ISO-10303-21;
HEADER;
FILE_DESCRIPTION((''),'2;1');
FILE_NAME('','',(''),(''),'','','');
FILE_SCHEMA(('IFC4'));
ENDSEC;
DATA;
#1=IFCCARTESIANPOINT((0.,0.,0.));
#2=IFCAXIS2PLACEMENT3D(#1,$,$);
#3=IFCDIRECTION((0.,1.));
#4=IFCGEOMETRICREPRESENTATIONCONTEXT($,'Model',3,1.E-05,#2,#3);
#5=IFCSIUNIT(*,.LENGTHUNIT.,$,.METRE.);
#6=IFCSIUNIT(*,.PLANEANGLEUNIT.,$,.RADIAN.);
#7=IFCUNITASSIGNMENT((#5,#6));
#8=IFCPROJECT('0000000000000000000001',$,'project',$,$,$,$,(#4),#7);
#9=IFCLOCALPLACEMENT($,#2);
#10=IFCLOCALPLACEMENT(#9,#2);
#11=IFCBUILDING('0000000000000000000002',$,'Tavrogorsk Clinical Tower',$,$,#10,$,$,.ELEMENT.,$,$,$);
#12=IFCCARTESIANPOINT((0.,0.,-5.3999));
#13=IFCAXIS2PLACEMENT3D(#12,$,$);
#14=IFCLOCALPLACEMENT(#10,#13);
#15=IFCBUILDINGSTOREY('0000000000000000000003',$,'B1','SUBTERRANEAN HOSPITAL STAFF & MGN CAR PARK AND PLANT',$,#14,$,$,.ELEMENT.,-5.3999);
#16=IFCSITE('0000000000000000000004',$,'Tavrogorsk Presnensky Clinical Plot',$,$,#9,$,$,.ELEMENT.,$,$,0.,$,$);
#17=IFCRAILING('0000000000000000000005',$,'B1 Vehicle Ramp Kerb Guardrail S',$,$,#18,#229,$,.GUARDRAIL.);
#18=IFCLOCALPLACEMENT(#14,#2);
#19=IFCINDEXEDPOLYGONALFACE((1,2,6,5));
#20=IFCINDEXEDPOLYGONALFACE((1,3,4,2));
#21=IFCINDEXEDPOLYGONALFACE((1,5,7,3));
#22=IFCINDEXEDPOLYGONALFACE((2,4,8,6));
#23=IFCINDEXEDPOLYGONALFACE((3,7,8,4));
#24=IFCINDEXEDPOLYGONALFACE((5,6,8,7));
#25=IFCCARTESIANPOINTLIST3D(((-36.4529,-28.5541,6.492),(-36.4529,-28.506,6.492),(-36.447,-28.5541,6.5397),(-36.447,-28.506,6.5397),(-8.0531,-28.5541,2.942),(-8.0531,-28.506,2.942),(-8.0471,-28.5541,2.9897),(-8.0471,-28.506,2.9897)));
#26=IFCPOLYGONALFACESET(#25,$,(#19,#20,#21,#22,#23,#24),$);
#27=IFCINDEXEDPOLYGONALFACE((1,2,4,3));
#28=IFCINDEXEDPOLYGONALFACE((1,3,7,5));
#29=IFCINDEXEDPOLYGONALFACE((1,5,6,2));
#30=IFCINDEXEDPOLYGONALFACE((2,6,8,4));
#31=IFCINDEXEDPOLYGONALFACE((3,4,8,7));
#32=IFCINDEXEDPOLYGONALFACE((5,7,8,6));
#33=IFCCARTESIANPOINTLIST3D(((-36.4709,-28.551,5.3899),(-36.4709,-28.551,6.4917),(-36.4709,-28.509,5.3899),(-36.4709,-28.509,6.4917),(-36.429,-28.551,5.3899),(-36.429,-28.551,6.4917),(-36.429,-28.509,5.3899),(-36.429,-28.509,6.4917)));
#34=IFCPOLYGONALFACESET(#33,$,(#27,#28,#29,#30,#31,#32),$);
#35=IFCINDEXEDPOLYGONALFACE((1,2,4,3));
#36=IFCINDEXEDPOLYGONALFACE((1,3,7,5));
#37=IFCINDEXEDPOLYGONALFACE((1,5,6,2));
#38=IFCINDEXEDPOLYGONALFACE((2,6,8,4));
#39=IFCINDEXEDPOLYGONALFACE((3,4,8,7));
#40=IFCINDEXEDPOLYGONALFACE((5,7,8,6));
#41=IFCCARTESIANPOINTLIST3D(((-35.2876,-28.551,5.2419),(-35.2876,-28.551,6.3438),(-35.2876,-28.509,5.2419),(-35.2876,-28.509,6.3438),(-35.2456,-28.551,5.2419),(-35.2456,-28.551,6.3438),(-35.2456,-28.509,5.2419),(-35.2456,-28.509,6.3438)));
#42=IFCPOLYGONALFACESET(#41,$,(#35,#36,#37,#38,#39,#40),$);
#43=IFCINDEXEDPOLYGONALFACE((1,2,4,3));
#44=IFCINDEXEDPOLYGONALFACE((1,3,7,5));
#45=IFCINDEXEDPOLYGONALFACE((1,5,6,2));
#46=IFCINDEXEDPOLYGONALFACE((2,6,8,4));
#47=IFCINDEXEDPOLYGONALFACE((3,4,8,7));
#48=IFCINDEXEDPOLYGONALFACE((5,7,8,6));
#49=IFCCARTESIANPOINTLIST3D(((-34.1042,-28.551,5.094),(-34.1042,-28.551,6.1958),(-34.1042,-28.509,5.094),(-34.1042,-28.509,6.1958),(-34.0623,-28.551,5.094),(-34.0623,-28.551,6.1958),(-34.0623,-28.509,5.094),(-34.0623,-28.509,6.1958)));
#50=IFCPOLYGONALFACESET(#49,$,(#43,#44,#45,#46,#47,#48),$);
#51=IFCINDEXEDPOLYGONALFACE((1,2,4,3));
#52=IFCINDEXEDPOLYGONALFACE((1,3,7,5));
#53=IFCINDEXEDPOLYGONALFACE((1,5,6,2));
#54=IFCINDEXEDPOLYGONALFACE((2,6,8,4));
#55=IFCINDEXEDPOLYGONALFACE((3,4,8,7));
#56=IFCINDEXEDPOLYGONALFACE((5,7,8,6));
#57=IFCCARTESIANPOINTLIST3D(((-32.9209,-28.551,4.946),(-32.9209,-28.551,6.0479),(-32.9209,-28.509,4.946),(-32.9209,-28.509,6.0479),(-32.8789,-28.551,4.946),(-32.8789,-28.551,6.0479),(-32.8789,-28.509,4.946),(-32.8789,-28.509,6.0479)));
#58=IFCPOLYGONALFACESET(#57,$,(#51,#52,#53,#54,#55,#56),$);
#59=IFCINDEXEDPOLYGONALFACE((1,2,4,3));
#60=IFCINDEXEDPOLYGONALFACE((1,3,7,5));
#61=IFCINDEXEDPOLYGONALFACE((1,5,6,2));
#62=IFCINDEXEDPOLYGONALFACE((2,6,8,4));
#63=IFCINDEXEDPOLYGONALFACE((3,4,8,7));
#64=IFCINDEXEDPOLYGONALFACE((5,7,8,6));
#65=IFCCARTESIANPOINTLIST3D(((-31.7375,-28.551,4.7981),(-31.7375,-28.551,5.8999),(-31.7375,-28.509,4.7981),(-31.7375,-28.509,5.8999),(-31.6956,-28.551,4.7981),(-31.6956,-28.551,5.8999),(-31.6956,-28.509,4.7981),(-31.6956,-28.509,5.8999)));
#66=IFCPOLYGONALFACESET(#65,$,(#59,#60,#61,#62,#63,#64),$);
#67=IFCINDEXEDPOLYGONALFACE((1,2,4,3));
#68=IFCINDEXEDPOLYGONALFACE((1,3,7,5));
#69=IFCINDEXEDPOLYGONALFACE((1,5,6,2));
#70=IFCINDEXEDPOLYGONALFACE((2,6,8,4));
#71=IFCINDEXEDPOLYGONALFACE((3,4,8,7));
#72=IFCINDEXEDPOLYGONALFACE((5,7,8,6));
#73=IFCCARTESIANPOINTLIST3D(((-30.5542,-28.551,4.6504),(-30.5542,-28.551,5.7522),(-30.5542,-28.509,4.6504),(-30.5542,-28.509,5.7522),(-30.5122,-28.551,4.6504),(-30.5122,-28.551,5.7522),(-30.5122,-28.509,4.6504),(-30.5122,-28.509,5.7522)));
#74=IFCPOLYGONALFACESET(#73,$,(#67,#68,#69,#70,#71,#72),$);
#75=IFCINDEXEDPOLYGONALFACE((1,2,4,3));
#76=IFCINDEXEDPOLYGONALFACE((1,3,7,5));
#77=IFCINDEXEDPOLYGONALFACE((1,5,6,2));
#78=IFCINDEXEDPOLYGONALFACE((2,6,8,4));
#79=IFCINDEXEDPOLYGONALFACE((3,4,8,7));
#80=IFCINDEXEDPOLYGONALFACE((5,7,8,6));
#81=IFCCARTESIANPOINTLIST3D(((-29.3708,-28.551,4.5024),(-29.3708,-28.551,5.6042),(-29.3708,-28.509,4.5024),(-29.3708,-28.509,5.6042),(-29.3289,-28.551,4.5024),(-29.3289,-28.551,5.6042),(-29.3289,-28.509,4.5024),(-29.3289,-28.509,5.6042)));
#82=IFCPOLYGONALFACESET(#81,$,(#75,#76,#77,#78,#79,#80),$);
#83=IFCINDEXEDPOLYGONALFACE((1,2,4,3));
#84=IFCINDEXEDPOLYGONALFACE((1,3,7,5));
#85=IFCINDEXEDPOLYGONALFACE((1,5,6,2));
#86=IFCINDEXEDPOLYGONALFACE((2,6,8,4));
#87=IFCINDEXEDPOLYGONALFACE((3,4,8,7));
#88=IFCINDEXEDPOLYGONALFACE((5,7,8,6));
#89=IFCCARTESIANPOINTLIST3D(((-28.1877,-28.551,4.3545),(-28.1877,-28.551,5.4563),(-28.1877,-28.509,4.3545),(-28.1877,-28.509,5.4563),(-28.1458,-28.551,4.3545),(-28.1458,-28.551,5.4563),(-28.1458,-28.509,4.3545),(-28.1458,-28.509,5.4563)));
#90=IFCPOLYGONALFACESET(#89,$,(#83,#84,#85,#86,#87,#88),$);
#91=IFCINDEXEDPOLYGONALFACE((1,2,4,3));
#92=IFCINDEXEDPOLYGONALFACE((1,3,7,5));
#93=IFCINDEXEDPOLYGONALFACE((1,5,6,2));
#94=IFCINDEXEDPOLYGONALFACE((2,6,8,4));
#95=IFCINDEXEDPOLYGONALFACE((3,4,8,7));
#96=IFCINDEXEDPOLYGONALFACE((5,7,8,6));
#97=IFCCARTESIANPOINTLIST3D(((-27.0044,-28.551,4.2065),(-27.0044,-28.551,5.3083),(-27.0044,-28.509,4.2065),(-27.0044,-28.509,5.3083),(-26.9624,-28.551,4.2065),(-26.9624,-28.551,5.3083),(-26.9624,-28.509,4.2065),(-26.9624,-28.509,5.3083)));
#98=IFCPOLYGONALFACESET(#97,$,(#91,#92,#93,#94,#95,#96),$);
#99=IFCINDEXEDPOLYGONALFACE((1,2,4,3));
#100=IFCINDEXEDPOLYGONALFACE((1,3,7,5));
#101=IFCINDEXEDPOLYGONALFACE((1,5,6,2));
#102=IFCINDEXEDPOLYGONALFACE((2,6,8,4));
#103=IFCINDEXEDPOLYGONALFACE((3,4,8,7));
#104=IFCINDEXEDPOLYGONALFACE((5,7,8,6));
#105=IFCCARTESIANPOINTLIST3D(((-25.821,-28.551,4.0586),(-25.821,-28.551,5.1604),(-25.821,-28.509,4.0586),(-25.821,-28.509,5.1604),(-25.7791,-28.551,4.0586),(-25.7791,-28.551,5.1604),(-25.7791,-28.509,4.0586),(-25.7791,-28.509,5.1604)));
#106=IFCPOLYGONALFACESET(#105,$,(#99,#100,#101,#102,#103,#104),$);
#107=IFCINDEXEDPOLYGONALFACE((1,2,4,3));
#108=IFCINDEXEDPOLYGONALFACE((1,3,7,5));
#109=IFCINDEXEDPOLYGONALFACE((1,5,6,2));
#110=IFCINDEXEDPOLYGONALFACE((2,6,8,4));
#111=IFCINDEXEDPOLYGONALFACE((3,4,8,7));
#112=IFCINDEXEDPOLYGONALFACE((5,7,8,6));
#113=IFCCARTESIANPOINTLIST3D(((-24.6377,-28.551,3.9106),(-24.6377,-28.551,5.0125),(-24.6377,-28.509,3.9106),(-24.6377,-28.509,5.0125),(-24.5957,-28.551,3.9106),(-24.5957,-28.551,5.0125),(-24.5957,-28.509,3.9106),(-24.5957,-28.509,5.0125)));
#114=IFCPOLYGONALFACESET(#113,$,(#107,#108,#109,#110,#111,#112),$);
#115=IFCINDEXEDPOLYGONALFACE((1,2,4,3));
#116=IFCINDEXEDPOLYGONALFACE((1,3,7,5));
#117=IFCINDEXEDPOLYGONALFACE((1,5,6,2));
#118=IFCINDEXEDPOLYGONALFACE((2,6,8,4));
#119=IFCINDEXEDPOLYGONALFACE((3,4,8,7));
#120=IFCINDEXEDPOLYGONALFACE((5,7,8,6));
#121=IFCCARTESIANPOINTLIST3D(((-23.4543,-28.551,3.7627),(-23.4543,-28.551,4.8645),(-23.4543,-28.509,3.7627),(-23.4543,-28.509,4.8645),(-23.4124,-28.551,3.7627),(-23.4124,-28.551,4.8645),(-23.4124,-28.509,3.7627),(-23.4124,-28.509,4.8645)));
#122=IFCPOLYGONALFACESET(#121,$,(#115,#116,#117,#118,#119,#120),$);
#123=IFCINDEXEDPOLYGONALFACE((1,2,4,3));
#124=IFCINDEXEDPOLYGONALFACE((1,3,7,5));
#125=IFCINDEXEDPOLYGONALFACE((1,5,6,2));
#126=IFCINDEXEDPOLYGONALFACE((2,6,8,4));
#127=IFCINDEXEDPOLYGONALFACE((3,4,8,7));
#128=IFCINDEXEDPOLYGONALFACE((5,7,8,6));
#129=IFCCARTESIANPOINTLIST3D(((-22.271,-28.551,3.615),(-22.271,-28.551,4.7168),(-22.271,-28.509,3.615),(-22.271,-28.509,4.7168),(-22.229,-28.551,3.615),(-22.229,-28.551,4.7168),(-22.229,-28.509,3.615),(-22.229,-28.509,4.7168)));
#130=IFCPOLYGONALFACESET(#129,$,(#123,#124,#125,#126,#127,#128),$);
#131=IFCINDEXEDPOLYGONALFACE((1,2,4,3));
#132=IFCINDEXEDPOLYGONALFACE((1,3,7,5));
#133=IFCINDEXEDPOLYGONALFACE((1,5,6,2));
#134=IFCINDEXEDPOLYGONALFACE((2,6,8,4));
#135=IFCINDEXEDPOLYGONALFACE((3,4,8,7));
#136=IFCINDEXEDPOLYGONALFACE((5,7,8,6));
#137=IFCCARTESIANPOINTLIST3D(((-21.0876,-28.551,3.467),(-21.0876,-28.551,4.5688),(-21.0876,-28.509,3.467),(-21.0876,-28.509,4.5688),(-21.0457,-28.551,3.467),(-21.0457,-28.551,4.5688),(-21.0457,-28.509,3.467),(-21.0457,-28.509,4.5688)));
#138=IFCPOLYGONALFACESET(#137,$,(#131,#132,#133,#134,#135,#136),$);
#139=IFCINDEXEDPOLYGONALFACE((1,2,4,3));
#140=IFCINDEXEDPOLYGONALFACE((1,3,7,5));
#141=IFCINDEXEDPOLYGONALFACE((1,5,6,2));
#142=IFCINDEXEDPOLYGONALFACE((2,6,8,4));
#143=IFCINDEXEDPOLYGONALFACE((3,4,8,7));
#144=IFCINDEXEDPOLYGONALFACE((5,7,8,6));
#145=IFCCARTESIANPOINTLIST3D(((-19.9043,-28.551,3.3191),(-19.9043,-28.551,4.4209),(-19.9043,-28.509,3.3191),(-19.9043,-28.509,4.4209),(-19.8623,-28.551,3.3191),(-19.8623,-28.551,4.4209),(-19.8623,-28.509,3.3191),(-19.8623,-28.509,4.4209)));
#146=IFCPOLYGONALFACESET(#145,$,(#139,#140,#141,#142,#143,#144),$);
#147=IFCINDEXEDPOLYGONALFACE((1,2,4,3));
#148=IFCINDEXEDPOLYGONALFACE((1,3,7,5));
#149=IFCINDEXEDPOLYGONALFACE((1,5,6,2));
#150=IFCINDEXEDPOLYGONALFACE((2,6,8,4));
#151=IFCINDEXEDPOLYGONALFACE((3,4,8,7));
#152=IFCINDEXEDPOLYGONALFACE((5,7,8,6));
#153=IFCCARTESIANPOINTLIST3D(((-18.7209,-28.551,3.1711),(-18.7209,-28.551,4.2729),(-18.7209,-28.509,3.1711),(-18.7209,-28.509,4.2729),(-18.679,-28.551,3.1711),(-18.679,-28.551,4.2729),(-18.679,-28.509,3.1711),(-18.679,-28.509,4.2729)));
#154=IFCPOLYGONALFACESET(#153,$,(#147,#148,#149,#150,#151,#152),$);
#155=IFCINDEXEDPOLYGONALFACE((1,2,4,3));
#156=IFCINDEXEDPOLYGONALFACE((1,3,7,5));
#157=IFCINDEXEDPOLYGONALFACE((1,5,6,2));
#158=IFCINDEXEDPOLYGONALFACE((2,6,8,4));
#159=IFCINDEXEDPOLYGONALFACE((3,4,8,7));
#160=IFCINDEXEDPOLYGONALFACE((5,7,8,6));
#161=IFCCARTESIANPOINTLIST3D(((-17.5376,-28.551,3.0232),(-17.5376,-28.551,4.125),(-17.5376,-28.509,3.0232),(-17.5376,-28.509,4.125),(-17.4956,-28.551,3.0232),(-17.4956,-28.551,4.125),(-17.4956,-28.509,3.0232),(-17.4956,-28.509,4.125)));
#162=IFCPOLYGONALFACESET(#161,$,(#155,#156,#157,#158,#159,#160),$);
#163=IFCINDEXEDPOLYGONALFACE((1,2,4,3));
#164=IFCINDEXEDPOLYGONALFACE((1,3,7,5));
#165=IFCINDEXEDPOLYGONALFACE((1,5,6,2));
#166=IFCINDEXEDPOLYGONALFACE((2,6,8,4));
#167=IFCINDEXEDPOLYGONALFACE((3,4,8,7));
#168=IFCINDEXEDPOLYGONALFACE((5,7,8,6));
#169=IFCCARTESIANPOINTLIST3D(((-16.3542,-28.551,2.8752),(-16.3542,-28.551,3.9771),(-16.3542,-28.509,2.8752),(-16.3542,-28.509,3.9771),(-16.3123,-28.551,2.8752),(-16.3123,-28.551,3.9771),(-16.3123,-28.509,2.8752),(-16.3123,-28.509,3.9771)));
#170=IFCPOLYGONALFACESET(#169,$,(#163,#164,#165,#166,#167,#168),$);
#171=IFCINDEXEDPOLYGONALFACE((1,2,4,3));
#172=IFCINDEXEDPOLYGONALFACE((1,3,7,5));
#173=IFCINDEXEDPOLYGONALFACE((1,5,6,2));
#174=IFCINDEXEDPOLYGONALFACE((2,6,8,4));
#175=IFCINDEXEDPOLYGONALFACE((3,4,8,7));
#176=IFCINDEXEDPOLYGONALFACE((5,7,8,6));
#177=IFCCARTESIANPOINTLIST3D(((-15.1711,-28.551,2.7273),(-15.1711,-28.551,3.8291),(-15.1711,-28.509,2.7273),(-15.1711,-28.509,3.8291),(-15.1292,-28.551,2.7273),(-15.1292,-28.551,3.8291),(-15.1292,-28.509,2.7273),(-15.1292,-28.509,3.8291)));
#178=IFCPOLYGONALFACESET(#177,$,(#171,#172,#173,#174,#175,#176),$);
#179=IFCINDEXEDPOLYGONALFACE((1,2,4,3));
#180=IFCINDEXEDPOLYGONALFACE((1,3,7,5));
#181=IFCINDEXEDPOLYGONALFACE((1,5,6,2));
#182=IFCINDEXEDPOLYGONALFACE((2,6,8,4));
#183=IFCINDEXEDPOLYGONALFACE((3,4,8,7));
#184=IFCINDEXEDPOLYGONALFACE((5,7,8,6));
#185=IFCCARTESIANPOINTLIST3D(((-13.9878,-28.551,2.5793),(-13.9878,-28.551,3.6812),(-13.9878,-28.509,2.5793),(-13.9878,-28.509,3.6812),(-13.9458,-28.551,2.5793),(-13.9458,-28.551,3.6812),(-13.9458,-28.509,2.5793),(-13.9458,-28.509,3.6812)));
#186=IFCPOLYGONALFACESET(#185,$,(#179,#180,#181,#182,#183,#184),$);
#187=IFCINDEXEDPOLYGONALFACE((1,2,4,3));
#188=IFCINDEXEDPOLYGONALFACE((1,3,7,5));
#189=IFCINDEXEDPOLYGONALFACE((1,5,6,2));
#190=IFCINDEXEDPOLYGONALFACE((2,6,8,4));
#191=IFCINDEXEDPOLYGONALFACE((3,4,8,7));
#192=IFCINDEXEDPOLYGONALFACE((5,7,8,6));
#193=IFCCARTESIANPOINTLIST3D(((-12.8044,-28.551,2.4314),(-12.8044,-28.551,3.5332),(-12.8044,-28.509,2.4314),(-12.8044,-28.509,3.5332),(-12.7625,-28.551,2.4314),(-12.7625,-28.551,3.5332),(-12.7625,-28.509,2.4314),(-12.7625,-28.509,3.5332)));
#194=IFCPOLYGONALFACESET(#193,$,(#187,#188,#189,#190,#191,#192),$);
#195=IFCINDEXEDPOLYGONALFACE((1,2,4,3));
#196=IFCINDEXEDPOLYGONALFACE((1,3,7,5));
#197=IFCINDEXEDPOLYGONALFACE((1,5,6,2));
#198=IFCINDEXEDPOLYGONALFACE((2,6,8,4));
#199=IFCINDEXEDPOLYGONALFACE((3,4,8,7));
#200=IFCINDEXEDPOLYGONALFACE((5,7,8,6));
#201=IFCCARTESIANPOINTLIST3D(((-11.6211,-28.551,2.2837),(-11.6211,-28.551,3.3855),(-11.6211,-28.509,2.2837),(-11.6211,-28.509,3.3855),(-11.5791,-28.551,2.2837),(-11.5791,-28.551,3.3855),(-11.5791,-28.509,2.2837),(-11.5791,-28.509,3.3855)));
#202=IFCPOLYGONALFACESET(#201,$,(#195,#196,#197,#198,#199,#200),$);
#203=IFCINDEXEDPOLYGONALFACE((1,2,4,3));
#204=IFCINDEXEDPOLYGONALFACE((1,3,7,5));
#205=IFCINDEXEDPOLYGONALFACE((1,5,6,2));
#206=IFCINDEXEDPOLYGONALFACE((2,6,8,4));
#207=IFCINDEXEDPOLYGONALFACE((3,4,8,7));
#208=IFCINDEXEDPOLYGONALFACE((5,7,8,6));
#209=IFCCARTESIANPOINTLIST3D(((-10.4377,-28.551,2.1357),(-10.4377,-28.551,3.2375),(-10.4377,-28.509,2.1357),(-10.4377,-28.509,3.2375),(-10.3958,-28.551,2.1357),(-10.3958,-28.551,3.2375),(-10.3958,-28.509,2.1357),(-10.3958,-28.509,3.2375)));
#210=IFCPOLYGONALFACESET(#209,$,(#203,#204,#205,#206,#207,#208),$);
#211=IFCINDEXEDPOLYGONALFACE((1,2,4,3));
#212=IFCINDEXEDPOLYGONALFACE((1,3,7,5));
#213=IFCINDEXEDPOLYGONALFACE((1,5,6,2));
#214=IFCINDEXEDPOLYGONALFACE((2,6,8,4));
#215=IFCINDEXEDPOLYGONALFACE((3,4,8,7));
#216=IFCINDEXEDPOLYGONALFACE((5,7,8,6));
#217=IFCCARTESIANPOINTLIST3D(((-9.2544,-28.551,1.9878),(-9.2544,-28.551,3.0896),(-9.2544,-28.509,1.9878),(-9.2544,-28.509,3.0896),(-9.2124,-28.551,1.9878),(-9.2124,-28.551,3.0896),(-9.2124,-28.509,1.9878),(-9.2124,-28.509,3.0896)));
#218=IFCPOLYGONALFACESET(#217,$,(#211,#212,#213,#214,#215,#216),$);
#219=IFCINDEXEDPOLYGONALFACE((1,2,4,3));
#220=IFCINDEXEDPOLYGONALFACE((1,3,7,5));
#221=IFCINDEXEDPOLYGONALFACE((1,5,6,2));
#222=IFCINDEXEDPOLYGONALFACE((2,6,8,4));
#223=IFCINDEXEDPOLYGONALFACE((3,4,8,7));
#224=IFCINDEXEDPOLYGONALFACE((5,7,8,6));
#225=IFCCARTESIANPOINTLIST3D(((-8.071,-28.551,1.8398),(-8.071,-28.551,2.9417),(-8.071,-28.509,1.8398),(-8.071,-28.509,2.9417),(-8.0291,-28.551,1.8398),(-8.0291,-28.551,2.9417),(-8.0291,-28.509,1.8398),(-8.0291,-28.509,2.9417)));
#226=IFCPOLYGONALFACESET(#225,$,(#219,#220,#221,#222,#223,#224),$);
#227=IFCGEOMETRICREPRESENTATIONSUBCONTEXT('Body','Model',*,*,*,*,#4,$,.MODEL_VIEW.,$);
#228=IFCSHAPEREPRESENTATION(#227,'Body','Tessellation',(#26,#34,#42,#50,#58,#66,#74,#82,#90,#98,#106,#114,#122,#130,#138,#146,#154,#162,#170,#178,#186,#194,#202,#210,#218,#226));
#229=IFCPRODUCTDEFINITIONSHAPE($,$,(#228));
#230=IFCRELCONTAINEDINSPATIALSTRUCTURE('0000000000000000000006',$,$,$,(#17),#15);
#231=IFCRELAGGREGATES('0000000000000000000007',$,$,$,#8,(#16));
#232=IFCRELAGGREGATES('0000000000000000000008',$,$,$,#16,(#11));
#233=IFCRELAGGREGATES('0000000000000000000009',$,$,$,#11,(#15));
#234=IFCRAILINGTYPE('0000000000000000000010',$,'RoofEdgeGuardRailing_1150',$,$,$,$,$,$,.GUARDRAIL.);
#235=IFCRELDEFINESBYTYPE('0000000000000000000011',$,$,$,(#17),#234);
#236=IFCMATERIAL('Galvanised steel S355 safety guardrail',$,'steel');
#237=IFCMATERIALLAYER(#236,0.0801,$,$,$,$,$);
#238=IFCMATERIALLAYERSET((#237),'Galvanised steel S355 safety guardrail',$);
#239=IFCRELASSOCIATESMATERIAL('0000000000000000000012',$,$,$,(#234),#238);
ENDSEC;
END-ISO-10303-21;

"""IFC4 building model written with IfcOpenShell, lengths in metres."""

from ifc_helpers import new_model, si_unit, direction, frame, origin, origin_2d, place, context, subcontext, project, spatial, rectangle, extrude, material, layer, layer_set, type_object, element, save


model = new_model("IFC4")

# Units and contexts
model_context = context("Model", 3, precision=1e-05, world=origin(), true_north=direction((0.0, 1.0)))
body_context = subcontext(model_context, "Body", "Model", "MODEL_VIEW")
ifc_project = project(units=[si_unit("LENGTHUNIT", "METRE"), si_unit("PLANEANGLEUNIT", "RADIAN")], contexts=[model_context])

# Site, building, storey
site_placement = place(None, origin())
site = spatial("IfcSite", under=ifc_project, at=site_placement, Name="Tavrogorsk Presnensky Clinical Plot", CompositionType="ELEMENT", RefElevation=0.0)
building_placement = place(site_placement, origin())
building = spatial("IfcBuilding", under=site, at=building_placement, Name="Tavrogorsk Clinical Tower", CompositionType="ELEMENT")
storey_placement = place(building_placement, frame((0.0, 0.0, -5.3999)))
storey = spatial("IfcBuildingStorey", under=building, at=storey_placement, Name="B1", Description="SUBTERRANEAN HOSPITAL STAFF & MGN CAR PARK AND PLANT", CompositionType="ELEMENT", Elevation=-5.3999)

# Railing
ifc_material_1 = material(Name="Galvanised steel S355 safety guardrail", Category="steel")
ifc_layer_1 = layer(ifc_material_1, 0.0801)
ifc_layer_set_1 = layer_set([ifc_layer_1], Name="Galvanised steel S355 safety guardrail")
railing_type = type_object("IfcRailingType", Name="RoofEdgeGuardRailing_1150", PredefinedType="GUARDRAIL", material=ifc_layer_set_1)
railing_1_placement = place(storey_placement, frame((-36.45, -28.53, 5.3899)))
element("IfcRailing", 1, at=railing_1_placement, inside=storey, type_object=railing_type, Name="B1 Vehicle Ramp Kerb Guardrail S", PredefinedType="GUARDRAIL", context=body_context, shape_type="SweptSolid", body=[
    extrude(rectangle(XDim=0.0481, YDim=0.0481, at=origin_2d()), frame((0.0, 0.0, 1.126), z_axis=(0.992278, 0.0, -0.124037), x_axis=(0.0, 1.0, 0.0)), (0.0, 0.0, 1.0), 28.6208),
    extrude(rectangle(XDim=0.042, YDim=0.042, at=origin_2d()), origin(), (0.0, 0.0, 1.0), 1.1018),
    extrude(rectangle(XDim=0.042, YDim=0.042, at=origin_2d()), frame((1.1833, 0.0, -0.1479)), (0.0, 0.0, 1.0), 1.1018),
    extrude(rectangle(XDim=0.042, YDim=0.042, at=origin_2d()), frame((2.3667, 0.0, -0.2959)), (0.0, 0.0, 1.0), 1.1018),
    extrude(rectangle(XDim=0.042, YDim=0.042, at=origin_2d()), frame((3.55, 0.0, -0.4438)), (0.0, 0.0, 1.0), 1.1018),
    extrude(rectangle(XDim=0.042, YDim=0.042, at=origin_2d()), frame((4.7334, 0.0, -0.5918)), (0.0, 0.0, 1.0), 1.1018),
    extrude(rectangle(XDim=0.042, YDim=0.042, at=origin_2d()), frame((5.9167, 0.0, -0.7395)), (0.0, 0.0, 1.0), 1.1018),
    extrude(rectangle(XDim=0.042, YDim=0.042, at=origin_2d()), frame((7.1001, 0.0, -0.8875)), (0.0, 0.0, 1.0), 1.1018),
    extrude(rectangle(XDim=0.042, YDim=0.042, at=origin_2d()), frame((8.2832, 0.0, -1.0354)), (0.0, 0.0, 1.0), 1.1018),
    extrude(rectangle(XDim=0.042, YDim=0.042, at=origin_2d()), frame((9.4666, 0.0, -1.1833)), (0.0, 0.0, 1.0), 1.1018),
    extrude(rectangle(XDim=0.042, YDim=0.042, at=origin_2d()), frame((10.6499, 0.0, -1.3313)), (0.0, 0.0, 1.0), 1.1018),
    extrude(rectangle(XDim=0.042, YDim=0.042, at=origin_2d()), frame((11.8333, 0.0, -1.4792)), (0.0, 0.0, 1.0), 1.1018),
    extrude(rectangle(XDim=0.042, YDim=0.042, at=origin_2d()), frame((13.0166, 0.0, -1.6272)), (0.0, 0.0, 1.0), 1.1018),
    extrude(rectangle(XDim=0.042, YDim=0.042, at=origin_2d()), frame((14.2, 0.0, -1.7749)), (0.0, 0.0, 1.0), 1.1018),
    extrude(rectangle(XDim=0.042, YDim=0.042, at=origin_2d()), frame((15.3833, 0.0, -1.9229)), (0.0, 0.0, 1.0), 1.1018),
    extrude(rectangle(XDim=0.042, YDim=0.042, at=origin_2d()), frame((16.5667, 0.0, -2.0708)), (0.0, 0.0, 1.0), 1.1018),
    extrude(rectangle(XDim=0.042, YDim=0.042, at=origin_2d()), frame((17.75, 0.0, -2.2188)), (0.0, 0.0, 1.0), 1.1018),
    extrude(rectangle(XDim=0.042, YDim=0.042, at=origin_2d()), frame((18.9333, 0.0, -2.3667)), (0.0, 0.0, 1.0), 1.1018),
    extrude(rectangle(XDim=0.042, YDim=0.042, at=origin_2d()), frame((20.1167, 0.0, -2.5146)), (0.0, 0.0, 1.0), 1.1018),
    extrude(rectangle(XDim=0.042, YDim=0.042, at=origin_2d()), frame((21.2998, 0.0, -2.6626)), (0.0, 0.0, 1.0), 1.1018),
    extrude(rectangle(XDim=0.042, YDim=0.042, at=origin_2d()), frame((22.4832, 0.0, -2.8105)), (0.0, 0.0, 1.0), 1.1018),
    extrude(rectangle(XDim=0.042, YDim=0.042, at=origin_2d()), frame((23.6665, 0.0, -2.9585)), (0.0, 0.0, 1.0), 1.1018),
    extrude(rectangle(XDim=0.042, YDim=0.042, at=origin_2d()), frame((24.8499, 0.0, -3.1062)), (0.0, 0.0, 1.0), 1.1018),
    extrude(rectangle(XDim=0.042, YDim=0.042, at=origin_2d()), frame((26.0332, 0.0, -3.2542)), (0.0, 0.0, 1.0), 1.1018),
    extrude(rectangle(XDim=0.042, YDim=0.042, at=origin_2d()), frame((27.2166, 0.0, -3.4021)), (0.0, 0.0, 1.0), 1.1018),
    extrude(rectangle(XDim=0.042, YDim=0.042, at=origin_2d()), frame((28.3999, 0.0, -3.55)), (0.0, 0.0, 1.0), 1.1018),
])

save(model, "model.ifc")
